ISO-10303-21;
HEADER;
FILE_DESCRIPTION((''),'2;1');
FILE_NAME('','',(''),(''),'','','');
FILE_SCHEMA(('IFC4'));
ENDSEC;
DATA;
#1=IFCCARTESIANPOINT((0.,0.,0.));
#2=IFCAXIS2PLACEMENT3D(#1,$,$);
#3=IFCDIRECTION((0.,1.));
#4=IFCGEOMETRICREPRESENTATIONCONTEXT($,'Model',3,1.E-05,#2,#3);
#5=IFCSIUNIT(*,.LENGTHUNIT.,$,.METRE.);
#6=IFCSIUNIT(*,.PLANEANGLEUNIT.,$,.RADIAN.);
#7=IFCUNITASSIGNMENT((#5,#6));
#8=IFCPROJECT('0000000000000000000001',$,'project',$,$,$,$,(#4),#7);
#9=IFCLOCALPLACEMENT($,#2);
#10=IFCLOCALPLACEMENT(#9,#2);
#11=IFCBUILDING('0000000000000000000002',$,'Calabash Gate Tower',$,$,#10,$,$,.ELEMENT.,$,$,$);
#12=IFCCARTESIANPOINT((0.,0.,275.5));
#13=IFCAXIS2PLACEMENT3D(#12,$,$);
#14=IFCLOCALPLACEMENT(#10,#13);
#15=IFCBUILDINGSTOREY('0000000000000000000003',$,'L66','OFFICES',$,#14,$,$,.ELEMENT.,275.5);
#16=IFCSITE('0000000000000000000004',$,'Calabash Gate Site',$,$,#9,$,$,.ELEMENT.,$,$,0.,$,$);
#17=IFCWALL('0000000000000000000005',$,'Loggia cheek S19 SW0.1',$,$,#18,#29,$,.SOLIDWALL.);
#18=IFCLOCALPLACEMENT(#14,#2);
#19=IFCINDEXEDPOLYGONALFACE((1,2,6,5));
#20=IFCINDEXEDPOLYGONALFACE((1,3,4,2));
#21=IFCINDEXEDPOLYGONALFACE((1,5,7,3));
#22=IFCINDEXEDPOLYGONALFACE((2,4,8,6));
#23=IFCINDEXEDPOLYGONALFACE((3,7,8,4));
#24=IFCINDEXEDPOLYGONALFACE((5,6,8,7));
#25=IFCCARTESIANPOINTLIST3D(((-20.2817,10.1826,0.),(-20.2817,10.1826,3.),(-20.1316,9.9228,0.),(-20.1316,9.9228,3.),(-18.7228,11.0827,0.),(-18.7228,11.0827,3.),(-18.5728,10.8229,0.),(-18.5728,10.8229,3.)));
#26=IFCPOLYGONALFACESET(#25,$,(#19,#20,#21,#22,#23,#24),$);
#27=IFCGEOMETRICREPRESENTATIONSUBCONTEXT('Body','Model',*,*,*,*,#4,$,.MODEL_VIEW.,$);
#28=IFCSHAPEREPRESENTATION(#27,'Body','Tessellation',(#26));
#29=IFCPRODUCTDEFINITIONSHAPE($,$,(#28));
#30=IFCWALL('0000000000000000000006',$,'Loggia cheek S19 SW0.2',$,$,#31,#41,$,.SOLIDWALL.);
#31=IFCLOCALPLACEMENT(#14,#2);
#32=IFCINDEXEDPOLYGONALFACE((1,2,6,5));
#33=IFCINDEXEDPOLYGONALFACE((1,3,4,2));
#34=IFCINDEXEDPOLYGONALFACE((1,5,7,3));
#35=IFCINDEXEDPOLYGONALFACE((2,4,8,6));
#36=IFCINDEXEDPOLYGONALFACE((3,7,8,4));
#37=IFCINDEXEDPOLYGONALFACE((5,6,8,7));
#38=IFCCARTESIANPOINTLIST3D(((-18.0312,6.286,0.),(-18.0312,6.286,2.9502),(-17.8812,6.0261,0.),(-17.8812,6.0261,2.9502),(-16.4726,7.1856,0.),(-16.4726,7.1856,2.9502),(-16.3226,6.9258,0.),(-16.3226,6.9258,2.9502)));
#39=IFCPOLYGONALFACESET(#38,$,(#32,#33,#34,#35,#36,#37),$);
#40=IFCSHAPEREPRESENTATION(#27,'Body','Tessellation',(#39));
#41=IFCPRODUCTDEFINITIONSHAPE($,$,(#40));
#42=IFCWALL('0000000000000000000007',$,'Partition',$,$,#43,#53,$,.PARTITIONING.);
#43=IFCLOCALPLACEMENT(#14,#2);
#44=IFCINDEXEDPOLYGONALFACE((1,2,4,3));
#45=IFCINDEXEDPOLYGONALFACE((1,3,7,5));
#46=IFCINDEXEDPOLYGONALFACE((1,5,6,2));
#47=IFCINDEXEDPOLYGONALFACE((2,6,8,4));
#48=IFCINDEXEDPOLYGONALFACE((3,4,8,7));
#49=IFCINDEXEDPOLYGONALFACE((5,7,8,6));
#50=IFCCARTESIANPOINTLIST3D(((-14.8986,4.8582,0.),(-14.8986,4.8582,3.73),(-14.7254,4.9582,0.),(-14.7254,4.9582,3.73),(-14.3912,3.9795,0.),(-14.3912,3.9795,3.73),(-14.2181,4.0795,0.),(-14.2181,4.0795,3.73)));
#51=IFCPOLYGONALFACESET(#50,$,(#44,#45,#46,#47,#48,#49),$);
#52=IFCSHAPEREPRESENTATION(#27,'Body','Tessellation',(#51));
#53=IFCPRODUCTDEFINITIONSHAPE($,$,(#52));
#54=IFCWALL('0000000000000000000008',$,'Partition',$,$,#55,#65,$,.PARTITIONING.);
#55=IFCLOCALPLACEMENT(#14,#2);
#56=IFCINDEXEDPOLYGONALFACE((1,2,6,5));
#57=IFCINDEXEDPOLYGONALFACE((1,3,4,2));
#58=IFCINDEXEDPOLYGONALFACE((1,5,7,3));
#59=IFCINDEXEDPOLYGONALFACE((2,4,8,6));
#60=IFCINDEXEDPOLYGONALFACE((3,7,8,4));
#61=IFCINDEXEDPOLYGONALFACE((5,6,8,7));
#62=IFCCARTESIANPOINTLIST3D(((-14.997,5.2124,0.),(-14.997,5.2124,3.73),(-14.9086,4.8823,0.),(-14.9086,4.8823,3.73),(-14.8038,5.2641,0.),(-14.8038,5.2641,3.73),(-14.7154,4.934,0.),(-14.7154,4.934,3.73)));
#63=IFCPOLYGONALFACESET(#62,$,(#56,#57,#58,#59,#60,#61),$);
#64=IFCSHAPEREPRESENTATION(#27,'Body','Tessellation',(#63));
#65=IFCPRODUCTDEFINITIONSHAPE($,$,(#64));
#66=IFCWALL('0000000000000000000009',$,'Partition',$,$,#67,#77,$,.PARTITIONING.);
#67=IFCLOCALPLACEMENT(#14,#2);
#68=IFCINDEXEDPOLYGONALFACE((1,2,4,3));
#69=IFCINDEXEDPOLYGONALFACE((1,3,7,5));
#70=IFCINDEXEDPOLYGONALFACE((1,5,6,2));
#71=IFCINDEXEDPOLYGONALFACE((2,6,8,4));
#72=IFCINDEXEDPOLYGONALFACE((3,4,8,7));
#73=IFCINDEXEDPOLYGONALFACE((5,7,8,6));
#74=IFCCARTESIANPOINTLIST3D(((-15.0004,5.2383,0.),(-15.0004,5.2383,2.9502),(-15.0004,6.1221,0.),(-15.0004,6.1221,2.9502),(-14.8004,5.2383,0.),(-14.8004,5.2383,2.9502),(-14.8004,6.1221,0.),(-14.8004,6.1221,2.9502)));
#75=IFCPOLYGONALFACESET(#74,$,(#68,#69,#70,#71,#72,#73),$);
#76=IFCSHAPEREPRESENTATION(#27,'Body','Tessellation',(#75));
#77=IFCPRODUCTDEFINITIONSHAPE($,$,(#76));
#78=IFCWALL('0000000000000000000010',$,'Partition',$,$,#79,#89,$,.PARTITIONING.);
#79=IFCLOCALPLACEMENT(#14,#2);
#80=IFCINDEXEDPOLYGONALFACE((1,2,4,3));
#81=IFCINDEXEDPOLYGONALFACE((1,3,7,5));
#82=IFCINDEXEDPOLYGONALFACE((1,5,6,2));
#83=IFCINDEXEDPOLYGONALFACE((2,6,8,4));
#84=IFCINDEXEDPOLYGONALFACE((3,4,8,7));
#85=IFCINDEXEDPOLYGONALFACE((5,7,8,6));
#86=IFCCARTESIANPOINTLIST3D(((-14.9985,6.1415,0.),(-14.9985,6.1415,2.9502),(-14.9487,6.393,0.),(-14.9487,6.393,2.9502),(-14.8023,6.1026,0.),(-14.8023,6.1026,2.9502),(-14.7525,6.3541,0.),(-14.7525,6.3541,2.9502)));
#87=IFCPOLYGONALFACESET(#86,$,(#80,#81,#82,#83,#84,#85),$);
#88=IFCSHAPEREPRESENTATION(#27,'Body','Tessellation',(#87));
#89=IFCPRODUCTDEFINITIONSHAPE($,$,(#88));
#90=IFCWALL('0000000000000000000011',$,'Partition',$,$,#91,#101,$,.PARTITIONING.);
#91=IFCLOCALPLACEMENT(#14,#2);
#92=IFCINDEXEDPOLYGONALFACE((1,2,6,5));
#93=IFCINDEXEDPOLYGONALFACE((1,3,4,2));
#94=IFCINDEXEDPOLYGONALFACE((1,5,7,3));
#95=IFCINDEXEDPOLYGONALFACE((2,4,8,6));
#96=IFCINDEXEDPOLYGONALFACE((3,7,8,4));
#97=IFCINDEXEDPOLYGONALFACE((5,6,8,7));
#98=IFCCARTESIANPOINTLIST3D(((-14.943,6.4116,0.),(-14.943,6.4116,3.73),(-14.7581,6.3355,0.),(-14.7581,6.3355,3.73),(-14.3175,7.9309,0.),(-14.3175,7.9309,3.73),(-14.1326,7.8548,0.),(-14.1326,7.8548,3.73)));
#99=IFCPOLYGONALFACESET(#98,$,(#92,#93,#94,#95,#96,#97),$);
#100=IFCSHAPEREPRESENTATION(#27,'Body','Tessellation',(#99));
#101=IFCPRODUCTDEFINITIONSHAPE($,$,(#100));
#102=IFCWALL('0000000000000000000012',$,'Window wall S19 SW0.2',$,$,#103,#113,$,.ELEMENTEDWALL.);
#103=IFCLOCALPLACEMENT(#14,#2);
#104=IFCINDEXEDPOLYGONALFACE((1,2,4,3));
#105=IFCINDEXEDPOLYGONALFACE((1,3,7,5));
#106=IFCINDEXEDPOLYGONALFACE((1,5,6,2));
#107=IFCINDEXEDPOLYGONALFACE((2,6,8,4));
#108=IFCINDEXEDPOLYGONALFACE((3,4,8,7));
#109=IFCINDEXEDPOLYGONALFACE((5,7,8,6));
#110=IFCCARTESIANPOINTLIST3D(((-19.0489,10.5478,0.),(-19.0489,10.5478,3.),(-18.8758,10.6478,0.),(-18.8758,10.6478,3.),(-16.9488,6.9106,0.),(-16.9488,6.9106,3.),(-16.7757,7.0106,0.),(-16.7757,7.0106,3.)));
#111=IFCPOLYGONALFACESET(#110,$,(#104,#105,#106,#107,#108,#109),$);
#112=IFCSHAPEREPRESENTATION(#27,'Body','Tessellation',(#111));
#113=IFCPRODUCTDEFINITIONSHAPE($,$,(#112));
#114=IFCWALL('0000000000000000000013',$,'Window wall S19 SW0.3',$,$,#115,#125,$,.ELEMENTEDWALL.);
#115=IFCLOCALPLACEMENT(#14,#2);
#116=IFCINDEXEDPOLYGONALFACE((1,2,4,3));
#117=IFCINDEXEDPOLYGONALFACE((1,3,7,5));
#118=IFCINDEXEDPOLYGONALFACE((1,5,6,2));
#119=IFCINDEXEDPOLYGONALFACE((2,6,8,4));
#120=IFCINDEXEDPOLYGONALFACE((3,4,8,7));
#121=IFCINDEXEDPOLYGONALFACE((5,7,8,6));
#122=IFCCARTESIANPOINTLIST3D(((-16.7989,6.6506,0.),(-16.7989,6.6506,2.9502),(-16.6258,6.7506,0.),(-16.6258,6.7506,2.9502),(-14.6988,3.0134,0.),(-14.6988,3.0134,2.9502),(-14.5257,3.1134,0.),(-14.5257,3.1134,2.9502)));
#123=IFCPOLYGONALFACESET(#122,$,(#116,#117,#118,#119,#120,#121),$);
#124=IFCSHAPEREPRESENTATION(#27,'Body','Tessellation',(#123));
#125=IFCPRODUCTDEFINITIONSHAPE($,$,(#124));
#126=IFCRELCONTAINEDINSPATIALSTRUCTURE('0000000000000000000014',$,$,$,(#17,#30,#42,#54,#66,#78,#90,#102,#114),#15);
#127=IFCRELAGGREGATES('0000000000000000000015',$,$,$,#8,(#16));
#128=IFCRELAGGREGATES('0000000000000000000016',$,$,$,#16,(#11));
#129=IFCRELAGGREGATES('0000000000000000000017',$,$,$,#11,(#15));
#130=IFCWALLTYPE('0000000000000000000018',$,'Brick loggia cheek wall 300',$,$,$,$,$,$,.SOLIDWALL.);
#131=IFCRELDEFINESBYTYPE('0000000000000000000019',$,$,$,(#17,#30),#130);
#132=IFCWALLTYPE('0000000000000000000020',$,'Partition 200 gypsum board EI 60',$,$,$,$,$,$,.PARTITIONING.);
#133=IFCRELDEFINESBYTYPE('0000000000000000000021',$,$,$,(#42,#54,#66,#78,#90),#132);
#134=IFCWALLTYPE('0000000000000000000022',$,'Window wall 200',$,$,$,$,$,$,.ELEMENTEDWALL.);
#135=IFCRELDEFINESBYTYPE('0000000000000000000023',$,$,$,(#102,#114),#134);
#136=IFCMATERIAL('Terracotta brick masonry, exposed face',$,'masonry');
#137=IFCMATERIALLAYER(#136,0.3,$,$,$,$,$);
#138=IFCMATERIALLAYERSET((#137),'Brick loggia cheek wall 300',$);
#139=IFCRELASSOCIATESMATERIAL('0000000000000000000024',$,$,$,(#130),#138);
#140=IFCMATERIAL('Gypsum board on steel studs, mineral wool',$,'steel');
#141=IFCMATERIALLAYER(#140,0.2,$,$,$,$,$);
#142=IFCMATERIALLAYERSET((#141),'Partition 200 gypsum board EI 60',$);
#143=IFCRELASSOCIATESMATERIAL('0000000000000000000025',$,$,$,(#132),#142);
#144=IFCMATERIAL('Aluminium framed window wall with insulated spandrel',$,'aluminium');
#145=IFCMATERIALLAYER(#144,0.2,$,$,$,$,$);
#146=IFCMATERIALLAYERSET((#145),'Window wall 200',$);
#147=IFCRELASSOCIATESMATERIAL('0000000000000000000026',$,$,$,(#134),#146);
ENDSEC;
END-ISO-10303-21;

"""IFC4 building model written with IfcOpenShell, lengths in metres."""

from ifc_helpers import new_model, si_unit, direction, frame, frame_2d, origin, place, context, subcontext, project, spatial, rectangle, extrude, material, layer, layer_set, type_object, element, save


model = new_model("IFC4")

# Units and contexts
model_context = context("Model", 3, precision=1e-05, world=origin(), true_north=direction((0.0, 1.0)))
body_context = subcontext(model_context, "Body", "Model", "MODEL_VIEW")
ifc_project = project(units=[si_unit("LENGTHUNIT", "METRE"), si_unit("PLANEANGLEUNIT", "RADIAN")], contexts=[model_context])

# Site, building, storey
site_placement = place(None, origin())
site = spatial("IfcSite", under=ifc_project, at=site_placement, Name="Calabash Gate Site", CompositionType="ELEMENT", RefElevation=0.0)
building_placement = place(site_placement, origin())
building = spatial("IfcBuilding", under=site, at=building_placement, Name="Calabash Gate Tower", CompositionType="ELEMENT")
storey_placement = place(building_placement, frame((0.0, 0.0, 275.5)))
storey = spatial("IfcBuildingStorey", under=building, at=storey_placement, Name="L66", Description="OFFICES", CompositionType="ELEMENT", Elevation=275.5)

# Walls
ifc_material_1 = material(Name="Terracotta brick masonry, exposed face", Category="masonry")
ifc_layer_1 = layer(ifc_material_1, 0.3)
ifc_layer_set_1 = layer_set([ifc_layer_1], Name="Brick loggia cheek wall 300")
wall_type_1 = type_object("IfcWallType", Name="Brick loggia cheek wall 300", PredefinedType="SOLIDWALL", material=ifc_layer_set_1)
wall_1_placement = place(storey_placement, frame((-20.2065, 10.0527, 0.0), z_axis=(0.0, 0.0, 1.0), x_axis=(0.865989, 0.500063, 0.0)))
element("IfcWall", 1, at=wall_1_placement, inside=storey, type_object=wall_type_1, Name="Loggia cheek S19 SW0.1", PredefinedType="SOLIDWALL", context=body_context, shape_type="SweptSolid", body=[
    extrude(rectangle(XDim=1.8, YDim=0.3, at=frame_2d((0.8999, 0.0))), origin(), (0.0, 0.0, 1.0), 3.0),
])
wall_2_placement = place(storey_placement, frame((-17.9563, 6.156, 0.0), z_axis=(0.0, 0.0, 1.0), x_axis=(0.866073, 0.499918, 0.0)))
element("IfcWall", 2, at=wall_2_placement, inside=storey, type_object=wall_type_1, Name="Loggia cheek S19 SW0.2", PredefinedType="SOLIDWALL", context=body_context, shape_type="SweptSolid", body=[
    extrude(rectangle(XDim=1.7996, YDim=0.3, at=frame_2d((0.8999, 0.0))), origin(), (0.0, 0.0, 1.0), 2.9502),
])
ifc_material_2 = material(Name="Gypsum board on steel studs, mineral wool", Category="steel")
ifc_layer_2 = layer(ifc_material_2, 0.2)
ifc_layer_set_2 = layer_set([ifc_layer_2], Name="Partition 200 gypsum board EI 60")
wall_type_2 = type_object("IfcWallType", Name="Partition 200 gypsum board EI 60", PredefinedType="PARTITIONING", material=ifc_layer_set_2)
wall_3_placement = place(storey_placement, frame((-14.812, 4.9082, 0.0), z_axis=(0.0, 0.0, 1.0), x_axis=(0.500021, -0.866013, 0.0)))
element("IfcWall", 3, at=wall_3_placement, inside=storey, type_object=wall_type_2, Name="Partition", PredefinedType="PARTITIONING", context=body_context, shape_type="SweptSolid", body=[
    extrude(rectangle(XDim=1.0146, YDim=0.2, at=frame_2d((0.5073, 0.0))), origin(), (0.0, 0.0, 1.0), 3.73),
])
wall_4_placement = place(storey_placement, frame((-14.9004, 5.2383, 0.0), z_axis=(0.0, 0.0, 1.0), x_axis=(0.258641, -0.965974, 0.0)))
element("IfcWall", 4, at=wall_4_placement, inside=storey, type_object=wall_type_2, Name="Partition", PredefinedType="PARTITIONING", context=body_context, shape_type="SweptSolid", body=[
    extrude(rectangle(XDim=0.3418, YDim=0.2, at=frame_2d((0.1709, 0.0))), origin(), (0.0, 0.0, 1.0), 3.73),
])
wall_5_placement = place(storey_placement, frame((-14.9004, 6.1221, 0.0), z_axis=(0.0, 0.0, 1.0), x_axis=(0.0, -1.0, 0.0)))
element("IfcWall", 5, at=wall_5_placement, inside=storey, type_object=wall_type_2, Name="Partition", PredefinedType="PARTITIONING", context=body_context, shape_type="SweptSolid", body=[
    extrude(rectangle(XDim=0.8838, YDim=0.2, at=frame_2d((0.4419, 0.0))), origin(), (0.0, 0.0, 1.0), 2.9502),
])
wall_6_placement = place(storey_placement, frame((-14.9004, 6.1221, 0.0), z_axis=(0.0, 0.0, 1.0), x_axis=(0.194284, 0.980945, 0.0)))
element("IfcWall", 6, at=wall_6_placement, inside=storey, type_object=wall_type_2, Name="Partition", PredefinedType="PARTITIONING", context=body_context, shape_type="SweptSolid", body=[
    extrude(rectangle(XDim=0.2563, YDim=0.2, at=frame_2d((0.1282, 0.0))), origin(), (0.0, 0.0, 1.0), 2.9502),
])
wall_7_placement = place(storey_placement, frame((-14.8506, 6.3735, 0.0), z_axis=(0.0, 0.0, 1.0), x_axis=(0.380697, 0.9247, 0.0)))
element("IfcWall", 7, at=wall_7_placement, inside=storey, type_object=wall_type_2, Name="Partition", PredefinedType="PARTITIONING", context=body_context, shape_type="SweptSolid", body=[
    extrude(rectangle(XDim=1.6431, YDim=0.2, at=frame_2d((0.8215, 0.0))), origin(), (0.0, 0.0, 1.0), 3.73),
])
ifc_material_3 = material(Name="Aluminium framed window wall with insulated spandrel", Category="aluminium")
ifc_layer_3 = layer(ifc_material_3, 0.2)
ifc_layer_set_3 = layer_set([ifc_layer_3], Name="Window wall 200")
wall_type_3 = type_object("IfcWallType", Name="Window wall 200", PredefinedType="ELEMENTEDWALL", material=ifc_layer_set_3)
wall_8_placement = place(storey_placement, frame((-18.9624, 10.5979, 0.0), z_axis=(0.0, 0.0, 1.0), x_axis=(0.500028, -0.866009, 0.0)))
element("IfcWall", 8, at=wall_8_placement, inside=storey, type_object=wall_type_3, Name="Window wall S19 SW0.2", PredefinedType="ELEMENTEDWALL", context=body_context, shape_type="SweptSolid", body=[
    extrude(rectangle(XDim=4.2, YDim=0.2, at=frame_2d((2.1001, 0.0))), origin(), (0.0, 0.0, 1.0), 3.0),
])
wall_9_placement = place(storey_placement, frame((-16.7124, 6.7007, 0.0), z_axis=(0.0, 0.0, 1.0), x_axis=(0.500028, -0.866009, 0.0)))
element("IfcWall", 9, at=wall_9_placement, inside=storey, type_object=wall_type_3, Name="Window wall S19 SW0.3", PredefinedType="ELEMENTEDWALL", context=body_context, shape_type="SweptSolid", body=[
    extrude(rectangle(XDim=4.2, YDim=0.2, at=frame_2d((2.1001, 0.0))), origin(), (0.0, 0.0, 1.0), 2.9502),
])

save(model, "model.ifc")
